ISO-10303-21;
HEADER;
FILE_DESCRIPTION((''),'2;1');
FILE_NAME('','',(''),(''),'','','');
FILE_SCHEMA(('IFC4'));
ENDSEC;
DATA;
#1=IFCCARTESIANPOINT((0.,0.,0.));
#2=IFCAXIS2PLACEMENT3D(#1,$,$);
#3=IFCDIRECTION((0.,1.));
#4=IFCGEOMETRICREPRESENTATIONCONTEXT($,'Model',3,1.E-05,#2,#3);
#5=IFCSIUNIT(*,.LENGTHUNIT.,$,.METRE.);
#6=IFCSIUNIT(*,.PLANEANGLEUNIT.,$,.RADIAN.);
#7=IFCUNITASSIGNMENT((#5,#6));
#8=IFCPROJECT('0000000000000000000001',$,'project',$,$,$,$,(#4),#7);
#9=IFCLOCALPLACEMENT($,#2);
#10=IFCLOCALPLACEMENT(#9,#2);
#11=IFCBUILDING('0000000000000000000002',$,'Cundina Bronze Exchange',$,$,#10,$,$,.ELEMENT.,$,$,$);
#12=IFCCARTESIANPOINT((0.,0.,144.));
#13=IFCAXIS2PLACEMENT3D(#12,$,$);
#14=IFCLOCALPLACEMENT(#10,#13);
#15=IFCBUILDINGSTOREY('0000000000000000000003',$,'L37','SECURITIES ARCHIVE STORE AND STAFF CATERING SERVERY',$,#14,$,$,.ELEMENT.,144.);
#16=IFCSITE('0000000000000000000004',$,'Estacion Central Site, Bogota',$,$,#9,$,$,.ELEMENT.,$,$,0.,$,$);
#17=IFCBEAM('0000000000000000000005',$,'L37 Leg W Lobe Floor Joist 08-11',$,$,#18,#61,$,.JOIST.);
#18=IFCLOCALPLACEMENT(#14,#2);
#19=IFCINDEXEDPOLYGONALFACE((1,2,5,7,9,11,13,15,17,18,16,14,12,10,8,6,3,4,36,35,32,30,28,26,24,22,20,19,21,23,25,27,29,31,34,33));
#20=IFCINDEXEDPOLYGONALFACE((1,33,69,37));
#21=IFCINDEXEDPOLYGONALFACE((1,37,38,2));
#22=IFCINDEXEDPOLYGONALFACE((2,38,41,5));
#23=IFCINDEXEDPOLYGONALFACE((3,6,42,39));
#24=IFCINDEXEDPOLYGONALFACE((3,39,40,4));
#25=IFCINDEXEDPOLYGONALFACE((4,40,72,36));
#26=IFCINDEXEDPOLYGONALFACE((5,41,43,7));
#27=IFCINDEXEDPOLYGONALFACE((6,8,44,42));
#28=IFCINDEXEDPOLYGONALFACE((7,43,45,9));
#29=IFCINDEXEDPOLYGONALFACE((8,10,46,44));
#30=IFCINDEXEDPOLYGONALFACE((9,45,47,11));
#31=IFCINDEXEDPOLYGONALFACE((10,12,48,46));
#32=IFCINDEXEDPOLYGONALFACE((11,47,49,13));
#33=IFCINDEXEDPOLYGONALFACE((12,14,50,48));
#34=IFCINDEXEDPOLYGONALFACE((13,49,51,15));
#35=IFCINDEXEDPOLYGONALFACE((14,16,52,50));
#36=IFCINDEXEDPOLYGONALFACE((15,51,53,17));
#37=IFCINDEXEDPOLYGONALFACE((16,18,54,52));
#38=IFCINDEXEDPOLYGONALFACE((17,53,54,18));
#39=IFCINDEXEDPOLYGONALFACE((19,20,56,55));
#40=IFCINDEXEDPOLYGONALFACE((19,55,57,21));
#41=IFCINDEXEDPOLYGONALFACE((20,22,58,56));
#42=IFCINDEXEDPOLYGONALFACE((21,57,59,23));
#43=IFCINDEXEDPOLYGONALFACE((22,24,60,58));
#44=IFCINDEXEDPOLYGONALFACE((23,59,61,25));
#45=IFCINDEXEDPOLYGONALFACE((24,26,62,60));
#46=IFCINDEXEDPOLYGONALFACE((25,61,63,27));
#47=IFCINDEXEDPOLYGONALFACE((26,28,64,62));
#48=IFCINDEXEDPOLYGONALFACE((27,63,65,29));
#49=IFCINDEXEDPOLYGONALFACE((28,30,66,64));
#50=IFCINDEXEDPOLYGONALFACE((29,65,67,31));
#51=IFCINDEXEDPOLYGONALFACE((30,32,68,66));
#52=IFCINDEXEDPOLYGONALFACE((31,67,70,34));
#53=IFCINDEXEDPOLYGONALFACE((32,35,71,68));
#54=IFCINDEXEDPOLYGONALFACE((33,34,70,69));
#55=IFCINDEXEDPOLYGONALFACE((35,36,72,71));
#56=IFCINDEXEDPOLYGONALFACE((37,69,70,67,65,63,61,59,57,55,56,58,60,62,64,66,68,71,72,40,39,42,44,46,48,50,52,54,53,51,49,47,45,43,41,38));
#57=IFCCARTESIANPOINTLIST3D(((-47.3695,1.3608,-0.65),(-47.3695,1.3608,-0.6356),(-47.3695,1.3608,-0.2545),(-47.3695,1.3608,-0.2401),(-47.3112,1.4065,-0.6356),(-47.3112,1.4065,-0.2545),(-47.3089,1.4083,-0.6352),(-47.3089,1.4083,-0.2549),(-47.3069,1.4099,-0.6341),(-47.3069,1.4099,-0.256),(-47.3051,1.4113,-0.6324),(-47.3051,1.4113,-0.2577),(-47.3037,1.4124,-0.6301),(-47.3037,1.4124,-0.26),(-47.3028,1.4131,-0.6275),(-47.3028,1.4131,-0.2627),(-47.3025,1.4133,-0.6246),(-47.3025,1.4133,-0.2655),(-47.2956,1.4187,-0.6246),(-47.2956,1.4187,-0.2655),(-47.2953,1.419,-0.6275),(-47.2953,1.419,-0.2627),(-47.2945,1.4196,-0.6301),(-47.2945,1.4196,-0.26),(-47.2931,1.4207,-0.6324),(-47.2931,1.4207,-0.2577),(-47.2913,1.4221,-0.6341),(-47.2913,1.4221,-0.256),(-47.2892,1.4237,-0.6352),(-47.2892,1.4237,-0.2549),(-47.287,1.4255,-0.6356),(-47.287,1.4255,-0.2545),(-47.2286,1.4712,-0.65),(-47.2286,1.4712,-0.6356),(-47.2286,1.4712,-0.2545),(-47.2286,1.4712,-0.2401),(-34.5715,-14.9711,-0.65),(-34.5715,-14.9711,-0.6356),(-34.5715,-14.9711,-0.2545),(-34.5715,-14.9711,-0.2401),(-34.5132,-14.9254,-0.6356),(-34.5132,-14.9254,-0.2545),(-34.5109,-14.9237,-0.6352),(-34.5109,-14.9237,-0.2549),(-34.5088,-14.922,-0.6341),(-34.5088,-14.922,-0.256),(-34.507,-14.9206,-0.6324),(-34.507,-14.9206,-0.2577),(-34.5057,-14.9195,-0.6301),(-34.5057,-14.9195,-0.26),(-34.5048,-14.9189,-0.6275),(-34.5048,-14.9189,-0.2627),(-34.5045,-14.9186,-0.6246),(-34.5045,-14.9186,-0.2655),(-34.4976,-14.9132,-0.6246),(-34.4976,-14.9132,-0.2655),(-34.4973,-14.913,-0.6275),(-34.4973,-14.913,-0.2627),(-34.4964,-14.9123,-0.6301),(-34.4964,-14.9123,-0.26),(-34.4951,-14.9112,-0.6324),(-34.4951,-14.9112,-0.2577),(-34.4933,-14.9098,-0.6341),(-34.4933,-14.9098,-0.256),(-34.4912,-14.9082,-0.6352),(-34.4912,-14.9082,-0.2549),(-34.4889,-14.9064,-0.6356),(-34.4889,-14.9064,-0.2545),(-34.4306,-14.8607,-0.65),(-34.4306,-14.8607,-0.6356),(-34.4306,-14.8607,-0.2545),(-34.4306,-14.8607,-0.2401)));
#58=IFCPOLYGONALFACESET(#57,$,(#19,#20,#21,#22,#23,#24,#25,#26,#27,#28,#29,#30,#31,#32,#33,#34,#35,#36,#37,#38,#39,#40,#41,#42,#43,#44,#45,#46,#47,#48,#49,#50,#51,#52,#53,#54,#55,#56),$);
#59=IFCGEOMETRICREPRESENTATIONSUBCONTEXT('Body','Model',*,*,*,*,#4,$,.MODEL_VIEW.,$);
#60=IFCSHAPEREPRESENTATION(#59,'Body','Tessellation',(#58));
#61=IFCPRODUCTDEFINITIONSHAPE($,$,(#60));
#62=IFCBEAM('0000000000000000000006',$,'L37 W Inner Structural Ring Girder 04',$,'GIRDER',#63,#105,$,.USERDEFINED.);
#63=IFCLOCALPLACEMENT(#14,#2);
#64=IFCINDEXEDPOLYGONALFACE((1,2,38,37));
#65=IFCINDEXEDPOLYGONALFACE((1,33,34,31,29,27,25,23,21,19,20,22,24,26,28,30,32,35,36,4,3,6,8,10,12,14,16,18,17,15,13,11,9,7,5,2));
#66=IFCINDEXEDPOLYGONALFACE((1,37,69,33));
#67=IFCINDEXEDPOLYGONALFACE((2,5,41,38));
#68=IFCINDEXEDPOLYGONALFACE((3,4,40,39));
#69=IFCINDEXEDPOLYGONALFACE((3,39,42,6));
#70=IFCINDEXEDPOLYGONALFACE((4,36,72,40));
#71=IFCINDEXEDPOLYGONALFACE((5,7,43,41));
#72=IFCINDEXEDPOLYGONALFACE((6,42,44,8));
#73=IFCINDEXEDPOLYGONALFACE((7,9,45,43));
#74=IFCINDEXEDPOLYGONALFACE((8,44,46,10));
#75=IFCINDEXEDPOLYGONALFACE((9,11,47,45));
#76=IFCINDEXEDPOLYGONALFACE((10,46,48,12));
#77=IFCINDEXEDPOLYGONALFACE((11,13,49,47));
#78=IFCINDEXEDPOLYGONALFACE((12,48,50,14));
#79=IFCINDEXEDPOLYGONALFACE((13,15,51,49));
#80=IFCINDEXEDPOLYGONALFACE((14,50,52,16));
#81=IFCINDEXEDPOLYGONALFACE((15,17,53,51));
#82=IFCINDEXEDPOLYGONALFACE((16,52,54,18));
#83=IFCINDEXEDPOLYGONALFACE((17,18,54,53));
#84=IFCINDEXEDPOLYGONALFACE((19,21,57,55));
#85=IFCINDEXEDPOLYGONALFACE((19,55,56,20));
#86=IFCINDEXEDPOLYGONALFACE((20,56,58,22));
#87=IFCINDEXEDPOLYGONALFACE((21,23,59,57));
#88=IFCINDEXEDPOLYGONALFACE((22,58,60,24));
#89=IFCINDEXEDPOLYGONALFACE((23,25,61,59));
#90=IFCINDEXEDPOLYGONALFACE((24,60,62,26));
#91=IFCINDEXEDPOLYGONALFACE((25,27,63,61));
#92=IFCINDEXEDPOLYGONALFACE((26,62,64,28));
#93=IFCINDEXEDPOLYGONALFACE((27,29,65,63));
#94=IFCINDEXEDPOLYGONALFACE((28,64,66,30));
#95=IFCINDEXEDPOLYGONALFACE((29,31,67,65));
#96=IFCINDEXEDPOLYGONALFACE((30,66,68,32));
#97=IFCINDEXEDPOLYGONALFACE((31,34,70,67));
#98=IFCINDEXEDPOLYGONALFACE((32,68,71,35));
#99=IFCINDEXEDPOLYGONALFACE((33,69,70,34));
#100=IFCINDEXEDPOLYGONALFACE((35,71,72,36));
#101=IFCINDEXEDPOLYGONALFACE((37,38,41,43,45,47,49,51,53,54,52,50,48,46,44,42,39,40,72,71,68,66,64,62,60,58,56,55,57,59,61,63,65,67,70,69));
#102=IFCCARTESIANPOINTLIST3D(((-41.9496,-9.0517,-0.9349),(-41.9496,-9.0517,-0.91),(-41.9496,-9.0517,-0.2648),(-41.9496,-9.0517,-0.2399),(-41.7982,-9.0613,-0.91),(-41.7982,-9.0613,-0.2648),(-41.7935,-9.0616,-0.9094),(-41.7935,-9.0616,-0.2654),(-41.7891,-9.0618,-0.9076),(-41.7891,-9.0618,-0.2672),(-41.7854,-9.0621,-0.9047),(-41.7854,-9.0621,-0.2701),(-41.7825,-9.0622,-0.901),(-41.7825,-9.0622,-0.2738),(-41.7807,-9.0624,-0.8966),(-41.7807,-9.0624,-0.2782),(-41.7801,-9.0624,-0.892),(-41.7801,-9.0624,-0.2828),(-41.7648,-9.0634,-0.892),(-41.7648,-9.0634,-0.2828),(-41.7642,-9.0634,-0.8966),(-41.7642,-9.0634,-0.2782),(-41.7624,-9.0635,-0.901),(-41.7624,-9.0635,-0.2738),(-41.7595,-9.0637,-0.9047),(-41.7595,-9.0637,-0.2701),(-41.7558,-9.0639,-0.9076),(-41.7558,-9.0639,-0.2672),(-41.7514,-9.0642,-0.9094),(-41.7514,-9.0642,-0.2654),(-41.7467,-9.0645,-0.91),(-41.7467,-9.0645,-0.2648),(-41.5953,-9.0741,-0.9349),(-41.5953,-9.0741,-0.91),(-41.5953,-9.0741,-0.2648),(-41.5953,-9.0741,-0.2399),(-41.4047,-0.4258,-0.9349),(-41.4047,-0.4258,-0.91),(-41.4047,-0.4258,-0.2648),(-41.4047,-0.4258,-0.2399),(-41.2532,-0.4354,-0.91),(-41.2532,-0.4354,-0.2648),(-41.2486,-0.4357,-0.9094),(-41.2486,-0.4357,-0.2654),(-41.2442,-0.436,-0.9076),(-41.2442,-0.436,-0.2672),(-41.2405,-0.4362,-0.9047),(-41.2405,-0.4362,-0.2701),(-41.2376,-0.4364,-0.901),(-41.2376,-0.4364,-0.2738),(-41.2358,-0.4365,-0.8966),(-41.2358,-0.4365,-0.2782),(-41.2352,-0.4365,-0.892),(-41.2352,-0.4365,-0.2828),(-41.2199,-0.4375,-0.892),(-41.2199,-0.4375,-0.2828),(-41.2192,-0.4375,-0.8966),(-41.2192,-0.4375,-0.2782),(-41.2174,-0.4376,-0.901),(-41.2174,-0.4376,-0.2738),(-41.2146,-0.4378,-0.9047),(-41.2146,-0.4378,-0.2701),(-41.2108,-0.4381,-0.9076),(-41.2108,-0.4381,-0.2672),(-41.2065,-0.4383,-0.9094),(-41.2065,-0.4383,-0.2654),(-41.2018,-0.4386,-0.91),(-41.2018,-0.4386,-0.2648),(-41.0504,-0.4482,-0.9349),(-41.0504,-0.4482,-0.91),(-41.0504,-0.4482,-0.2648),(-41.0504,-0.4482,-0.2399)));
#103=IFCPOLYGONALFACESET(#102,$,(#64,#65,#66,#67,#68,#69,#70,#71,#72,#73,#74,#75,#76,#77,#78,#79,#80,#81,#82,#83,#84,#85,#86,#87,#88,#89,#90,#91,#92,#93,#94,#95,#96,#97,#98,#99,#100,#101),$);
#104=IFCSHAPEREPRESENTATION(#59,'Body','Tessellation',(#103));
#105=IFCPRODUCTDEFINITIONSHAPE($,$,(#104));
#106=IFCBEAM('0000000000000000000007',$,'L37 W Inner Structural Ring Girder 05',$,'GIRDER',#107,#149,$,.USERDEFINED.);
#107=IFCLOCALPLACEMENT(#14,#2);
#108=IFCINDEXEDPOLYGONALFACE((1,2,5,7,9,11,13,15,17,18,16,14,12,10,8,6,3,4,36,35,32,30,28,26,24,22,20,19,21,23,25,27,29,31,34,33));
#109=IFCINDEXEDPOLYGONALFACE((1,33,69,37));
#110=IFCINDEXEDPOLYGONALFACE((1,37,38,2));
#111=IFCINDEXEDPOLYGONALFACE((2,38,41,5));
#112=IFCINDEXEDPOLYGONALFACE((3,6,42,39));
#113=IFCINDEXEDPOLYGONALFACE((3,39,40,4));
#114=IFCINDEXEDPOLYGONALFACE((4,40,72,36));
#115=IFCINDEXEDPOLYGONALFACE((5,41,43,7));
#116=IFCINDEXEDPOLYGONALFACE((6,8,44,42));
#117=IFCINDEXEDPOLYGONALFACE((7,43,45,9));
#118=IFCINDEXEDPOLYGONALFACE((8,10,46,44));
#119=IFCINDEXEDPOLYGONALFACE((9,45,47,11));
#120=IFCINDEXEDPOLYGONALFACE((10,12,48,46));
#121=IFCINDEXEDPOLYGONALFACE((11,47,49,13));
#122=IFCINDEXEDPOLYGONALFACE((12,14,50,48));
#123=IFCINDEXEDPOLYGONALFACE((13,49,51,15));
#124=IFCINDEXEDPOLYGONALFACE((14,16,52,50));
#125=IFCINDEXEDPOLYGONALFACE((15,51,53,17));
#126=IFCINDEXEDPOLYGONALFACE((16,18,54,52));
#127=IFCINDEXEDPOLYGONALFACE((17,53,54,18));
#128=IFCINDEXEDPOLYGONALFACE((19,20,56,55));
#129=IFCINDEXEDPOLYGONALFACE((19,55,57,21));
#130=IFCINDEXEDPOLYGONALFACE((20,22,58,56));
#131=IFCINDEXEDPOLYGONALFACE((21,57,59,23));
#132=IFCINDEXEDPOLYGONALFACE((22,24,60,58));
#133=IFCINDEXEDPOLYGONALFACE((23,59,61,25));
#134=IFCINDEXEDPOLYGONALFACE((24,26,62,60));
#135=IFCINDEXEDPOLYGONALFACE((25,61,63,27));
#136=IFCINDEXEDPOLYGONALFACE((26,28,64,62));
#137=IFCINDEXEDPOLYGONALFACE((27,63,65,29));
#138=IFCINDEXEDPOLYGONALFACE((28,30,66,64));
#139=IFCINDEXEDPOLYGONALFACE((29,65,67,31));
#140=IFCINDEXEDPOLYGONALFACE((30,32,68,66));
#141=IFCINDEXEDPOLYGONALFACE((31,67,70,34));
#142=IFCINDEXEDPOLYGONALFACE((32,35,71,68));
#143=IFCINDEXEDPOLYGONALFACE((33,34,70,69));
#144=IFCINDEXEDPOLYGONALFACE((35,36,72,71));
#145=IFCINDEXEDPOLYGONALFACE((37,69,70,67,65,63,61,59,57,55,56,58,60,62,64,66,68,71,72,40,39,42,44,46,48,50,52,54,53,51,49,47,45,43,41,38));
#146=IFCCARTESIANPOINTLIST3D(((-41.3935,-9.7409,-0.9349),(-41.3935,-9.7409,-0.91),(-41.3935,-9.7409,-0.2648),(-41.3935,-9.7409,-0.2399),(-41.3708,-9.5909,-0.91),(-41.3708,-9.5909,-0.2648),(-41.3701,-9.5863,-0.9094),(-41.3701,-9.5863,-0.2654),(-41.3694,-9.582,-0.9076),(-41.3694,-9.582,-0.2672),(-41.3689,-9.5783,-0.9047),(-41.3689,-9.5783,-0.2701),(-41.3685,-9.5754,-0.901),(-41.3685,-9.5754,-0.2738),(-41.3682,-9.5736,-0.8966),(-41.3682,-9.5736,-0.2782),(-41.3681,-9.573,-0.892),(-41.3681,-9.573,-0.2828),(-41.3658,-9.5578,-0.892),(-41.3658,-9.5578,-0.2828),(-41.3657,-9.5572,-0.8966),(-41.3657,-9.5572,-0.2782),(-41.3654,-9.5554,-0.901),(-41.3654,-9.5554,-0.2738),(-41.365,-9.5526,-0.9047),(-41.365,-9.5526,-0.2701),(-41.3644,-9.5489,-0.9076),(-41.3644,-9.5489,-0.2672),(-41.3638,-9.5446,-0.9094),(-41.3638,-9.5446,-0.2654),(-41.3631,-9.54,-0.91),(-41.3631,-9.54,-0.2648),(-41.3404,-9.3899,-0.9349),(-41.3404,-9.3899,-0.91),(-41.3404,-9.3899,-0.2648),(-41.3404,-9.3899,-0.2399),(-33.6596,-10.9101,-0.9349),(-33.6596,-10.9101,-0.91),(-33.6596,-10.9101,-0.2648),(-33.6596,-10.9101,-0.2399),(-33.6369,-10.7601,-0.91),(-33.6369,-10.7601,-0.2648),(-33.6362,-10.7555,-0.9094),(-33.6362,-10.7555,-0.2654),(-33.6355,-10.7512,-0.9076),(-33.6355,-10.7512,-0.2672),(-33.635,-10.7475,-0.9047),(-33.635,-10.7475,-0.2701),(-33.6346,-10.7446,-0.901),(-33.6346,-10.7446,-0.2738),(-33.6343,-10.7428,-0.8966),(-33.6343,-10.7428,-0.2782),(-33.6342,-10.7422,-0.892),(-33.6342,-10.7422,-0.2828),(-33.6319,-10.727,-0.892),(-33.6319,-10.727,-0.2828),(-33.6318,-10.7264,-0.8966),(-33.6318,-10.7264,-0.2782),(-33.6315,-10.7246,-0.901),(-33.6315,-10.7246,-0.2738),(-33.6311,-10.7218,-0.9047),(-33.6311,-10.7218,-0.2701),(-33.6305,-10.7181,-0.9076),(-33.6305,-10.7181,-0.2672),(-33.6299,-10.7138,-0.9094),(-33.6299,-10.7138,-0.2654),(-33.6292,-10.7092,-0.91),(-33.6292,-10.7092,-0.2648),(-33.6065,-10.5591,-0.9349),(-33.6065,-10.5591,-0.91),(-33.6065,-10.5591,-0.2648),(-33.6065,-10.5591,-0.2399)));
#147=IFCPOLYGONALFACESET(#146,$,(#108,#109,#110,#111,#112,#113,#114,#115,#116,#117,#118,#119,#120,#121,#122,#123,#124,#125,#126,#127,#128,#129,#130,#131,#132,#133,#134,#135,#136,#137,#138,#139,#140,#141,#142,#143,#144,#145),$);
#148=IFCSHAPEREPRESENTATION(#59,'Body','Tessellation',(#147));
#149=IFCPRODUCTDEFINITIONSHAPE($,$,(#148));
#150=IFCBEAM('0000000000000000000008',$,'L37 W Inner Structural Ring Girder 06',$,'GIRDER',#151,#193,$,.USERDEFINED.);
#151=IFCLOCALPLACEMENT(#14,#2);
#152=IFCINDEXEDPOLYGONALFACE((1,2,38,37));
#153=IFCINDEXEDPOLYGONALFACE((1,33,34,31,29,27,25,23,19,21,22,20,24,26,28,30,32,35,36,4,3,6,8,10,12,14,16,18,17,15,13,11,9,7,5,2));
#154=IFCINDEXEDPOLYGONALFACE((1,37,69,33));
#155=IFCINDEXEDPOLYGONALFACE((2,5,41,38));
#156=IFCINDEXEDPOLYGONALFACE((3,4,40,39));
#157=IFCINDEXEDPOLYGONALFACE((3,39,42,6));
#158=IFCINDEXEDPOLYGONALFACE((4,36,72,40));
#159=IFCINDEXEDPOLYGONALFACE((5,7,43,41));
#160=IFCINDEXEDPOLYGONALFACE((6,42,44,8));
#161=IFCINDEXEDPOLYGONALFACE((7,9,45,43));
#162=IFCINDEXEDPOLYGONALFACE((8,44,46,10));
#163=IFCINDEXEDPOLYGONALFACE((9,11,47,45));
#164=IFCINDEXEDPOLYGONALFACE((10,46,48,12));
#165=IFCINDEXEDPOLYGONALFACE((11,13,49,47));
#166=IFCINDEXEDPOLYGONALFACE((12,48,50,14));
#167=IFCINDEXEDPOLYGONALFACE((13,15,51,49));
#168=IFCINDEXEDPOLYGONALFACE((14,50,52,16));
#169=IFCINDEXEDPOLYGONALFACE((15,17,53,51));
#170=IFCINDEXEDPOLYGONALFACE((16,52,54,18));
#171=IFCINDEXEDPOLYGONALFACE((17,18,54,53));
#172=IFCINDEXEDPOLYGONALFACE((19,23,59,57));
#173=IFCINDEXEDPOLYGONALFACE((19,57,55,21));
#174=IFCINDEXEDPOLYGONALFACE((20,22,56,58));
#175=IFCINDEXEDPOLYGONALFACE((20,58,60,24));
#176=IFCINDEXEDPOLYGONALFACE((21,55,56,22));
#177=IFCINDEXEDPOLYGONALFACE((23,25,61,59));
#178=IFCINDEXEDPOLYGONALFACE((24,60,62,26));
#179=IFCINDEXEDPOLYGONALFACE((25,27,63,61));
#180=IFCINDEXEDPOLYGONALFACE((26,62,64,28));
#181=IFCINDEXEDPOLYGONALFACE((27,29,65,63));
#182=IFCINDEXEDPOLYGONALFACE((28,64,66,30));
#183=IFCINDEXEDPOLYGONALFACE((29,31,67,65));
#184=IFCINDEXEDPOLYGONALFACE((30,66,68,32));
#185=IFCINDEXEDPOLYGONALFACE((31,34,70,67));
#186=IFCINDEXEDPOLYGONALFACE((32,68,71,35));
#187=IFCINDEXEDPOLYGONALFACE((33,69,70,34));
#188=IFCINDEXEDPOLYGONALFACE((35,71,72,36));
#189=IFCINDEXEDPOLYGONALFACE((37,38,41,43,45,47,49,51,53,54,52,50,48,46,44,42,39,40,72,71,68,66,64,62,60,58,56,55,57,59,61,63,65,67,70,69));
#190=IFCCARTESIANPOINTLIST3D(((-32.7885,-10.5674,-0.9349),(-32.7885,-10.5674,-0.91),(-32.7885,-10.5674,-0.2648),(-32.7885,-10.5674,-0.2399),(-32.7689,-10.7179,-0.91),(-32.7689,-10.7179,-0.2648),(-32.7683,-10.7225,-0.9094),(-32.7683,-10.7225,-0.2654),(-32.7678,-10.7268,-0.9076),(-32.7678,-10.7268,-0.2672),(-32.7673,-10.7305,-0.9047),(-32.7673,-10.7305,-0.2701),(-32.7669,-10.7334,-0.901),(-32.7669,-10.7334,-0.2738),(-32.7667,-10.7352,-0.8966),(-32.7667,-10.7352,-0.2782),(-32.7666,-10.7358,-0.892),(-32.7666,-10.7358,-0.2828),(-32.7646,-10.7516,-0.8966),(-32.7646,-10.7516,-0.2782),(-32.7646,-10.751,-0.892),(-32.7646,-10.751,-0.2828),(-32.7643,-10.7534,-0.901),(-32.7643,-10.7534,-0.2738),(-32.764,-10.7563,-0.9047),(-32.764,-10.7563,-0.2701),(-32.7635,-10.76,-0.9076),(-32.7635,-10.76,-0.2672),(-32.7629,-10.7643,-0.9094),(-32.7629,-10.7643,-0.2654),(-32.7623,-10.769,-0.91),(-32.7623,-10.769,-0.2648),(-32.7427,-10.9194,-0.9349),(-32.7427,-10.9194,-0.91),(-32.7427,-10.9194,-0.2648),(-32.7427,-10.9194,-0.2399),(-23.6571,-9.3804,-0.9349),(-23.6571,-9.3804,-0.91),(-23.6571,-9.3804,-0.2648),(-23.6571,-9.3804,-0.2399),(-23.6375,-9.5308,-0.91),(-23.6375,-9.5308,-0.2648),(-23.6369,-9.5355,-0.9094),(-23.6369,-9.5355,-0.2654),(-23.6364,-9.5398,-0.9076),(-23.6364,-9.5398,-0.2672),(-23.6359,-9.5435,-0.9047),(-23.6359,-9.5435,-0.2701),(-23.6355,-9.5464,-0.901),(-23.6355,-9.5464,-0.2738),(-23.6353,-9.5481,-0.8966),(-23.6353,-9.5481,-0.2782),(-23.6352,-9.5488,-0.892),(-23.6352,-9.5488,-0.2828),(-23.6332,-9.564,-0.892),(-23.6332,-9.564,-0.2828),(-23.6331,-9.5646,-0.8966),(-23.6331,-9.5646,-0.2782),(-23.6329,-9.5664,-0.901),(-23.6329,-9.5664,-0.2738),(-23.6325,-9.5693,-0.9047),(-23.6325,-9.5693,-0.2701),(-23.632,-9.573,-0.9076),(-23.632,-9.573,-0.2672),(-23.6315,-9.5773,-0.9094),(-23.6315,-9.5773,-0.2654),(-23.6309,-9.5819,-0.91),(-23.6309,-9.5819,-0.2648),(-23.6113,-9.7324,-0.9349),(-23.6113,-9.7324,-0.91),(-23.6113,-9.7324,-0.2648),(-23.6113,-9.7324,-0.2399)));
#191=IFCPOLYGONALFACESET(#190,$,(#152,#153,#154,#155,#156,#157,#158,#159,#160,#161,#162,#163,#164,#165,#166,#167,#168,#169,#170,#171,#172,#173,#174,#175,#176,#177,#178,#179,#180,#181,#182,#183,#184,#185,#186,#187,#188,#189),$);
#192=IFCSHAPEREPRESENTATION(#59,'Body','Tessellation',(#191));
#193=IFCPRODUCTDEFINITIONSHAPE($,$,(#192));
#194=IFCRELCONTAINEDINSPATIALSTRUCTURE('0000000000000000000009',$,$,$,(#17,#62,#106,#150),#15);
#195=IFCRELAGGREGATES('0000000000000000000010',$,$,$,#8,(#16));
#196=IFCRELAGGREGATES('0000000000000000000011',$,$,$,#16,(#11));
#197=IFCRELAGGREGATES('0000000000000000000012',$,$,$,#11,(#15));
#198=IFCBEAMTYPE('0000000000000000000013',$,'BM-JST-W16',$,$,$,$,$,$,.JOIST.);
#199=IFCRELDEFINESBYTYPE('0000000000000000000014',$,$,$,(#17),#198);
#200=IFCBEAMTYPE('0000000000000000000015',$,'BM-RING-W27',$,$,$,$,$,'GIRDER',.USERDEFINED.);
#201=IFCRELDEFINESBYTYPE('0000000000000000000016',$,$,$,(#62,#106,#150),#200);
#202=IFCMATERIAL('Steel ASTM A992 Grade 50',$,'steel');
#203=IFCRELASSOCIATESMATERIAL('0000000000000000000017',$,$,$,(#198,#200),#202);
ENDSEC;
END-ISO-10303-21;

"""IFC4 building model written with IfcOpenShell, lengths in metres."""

from ifc_helpers import new_model, si_unit, direction, frame, origin, origin_2d, place, context, subcontext, project, spatial, i_section, extrude, material, material_profile, profile_set, type_object, element, save


model = new_model("IFC4")

# Units and contexts
model_context = context("Model", 3, precision=1e-05, world=origin(), true_north=direction((0.0, 1.0)))
body_context = subcontext(model_context, "Body", "Model", "MODEL_VIEW")
ifc_project = project(units=[si_unit("LENGTHUNIT", "METRE"), si_unit("PLANEANGLEUNIT", "RADIAN")], contexts=[model_context])

# Site, building, storey
site_placement = place(None, origin())
site = spatial("IfcSite", under=ifc_project, at=site_placement, Name="Estacion Central Site, Bogota", CompositionType="ELEMENT", RefElevation=0.0)
building_placement = place(site_placement, origin())
building = spatial("IfcBuilding", under=site, at=building_placement, Name="Cundina Bronze Exchange", CompositionType="ELEMENT")
storey_placement = place(building_placement, frame((0.0, 0.0, 144.0)))
storey = spatial("IfcBuildingStorey", under=building, at=storey_placement, Name="L37", Description="SECURITIES ARCHIVE STORE AND STAFF CATERING SERVERY", CompositionType="ELEMENT", Elevation=144.0)

# Beams
ifc_material_1 = material(Name="Steel ASTM A992 Grade 50", Category="steel")
ifc_material_profile_1 = material_profile(ifc_material_1, i_section(OverallWidth=0.179, OverallDepth=0.4099, WebThickness=0.0088, FlangeThickness=0.0144, FilletRadius=0.011, at=origin_2d()), Name="W16X45", Category="steel")
ifc_profile_set_1 = profile_set([ifc_material_profile_1], Name="Steel ASTM A992 Grade 50")
beam_type_1 = type_object("IfcBeamType", Name="BM-JST-W16", PredefinedType="JOIST", material=ifc_profile_set_1)
beam_1_placement = place(storey_placement, frame((-47.2991, 1.416, -0.4451), z_axis=(0.616801, -0.787119, 0.0), x_axis=(0.787119, 0.616801, 0.0)))
element("IfcBeam", 1, at=beam_1_placement, inside=storey, type_object=beam_type_1, Name="L37 Leg W Lobe Floor Joist 08-11", PredefinedType="JOIST", context=body_context, shape_type="SweptSolid", body=[
    extrude(i_section(OverallWidth=0.179, OverallDepth=0.4099, WebThickness=0.0088, FlangeThickness=0.0144, FilletRadius=0.011, at=origin_2d()), origin(), (0.0, 0.0, 1.0), 20.749),
])
ifc_material_profile_2 = material_profile(ifc_material_1, i_section(OverallWidth=0.355, OverallDepth=0.6951, WebThickness=0.0154, FlangeThickness=0.0249, FilletRadius=0.0181, at=origin_2d()), Name="W27X146", Category="steel")
ifc_profile_set_2 = profile_set([ifc_material_profile_2], Name="Steel ASTM A992 Grade 50")
beam_type_2 = type_object("IfcBeamType", Name="BM-RING-W27", ElementType="GIRDER", PredefinedType="USERDEFINED", material=ifc_profile_set_2)
beam_2_placement = place(storey_placement, frame((-41.2275, -0.437, -0.5874), z_axis=(-0.063047, -0.998011, 0.0), x_axis=(0.998011, -0.063047, 0.0)))
element("IfcBeam", 2, at=beam_2_placement, inside=storey, type_object=beam_type_2, Name="L37 W Inner Structural Ring Girder 04", ObjectType="GIRDER", PredefinedType="USERDEFINED", context=body_context, shape_type="SweptSolid", body=[
    extrude(i_section(OverallWidth=0.355, OverallDepth=0.6951, WebThickness=0.0154, FlangeThickness=0.0249, FilletRadius=0.0181, at=origin_2d()), origin(), (0.0, 0.0, 1.0), 8.6431),
])
beam_3_placement = place(storey_placement, frame((-41.3669, -9.5654, -0.5874), z_axis=(0.988765, -0.149479, 0.0), x_axis=(0.149479, 0.988765, 0.0)))
element("IfcBeam", 3, at=beam_3_placement, inside=storey, type_object=beam_type_2, Name="L37 W Inner Structural Ring Girder 05", ObjectType="GIRDER", PredefinedType="USERDEFINED", context=body_context, shape_type="SweptSolid", body=[
    extrude(i_section(OverallWidth=0.355, OverallDepth=0.6951, WebThickness=0.0154, FlangeThickness=0.0249, FilletRadius=0.0181, at=origin_2d()), origin(), (0.0, 0.0, 1.0), 7.8218),
])
beam_4_placement = place(storey_placement, frame((-32.7656, -10.7434, -0.5874), z_axis=(0.991656, 0.128908, 0.0), x_axis=(-0.128908, 0.991656, 0.0)))
element("IfcBeam", 4, at=beam_4_placement, inside=storey, type_object=beam_type_2, Name="L37 W Inner Structural Ring Girder 06", ObjectType="GIRDER", PredefinedType="USERDEFINED", context=body_context, shape_type="SweptSolid", body=[
    extrude(i_section(OverallWidth=0.355, OverallDepth=0.6951, WebThickness=0.0154, FlangeThickness=0.0249, FilletRadius=0.0181, at=origin_2d()), origin(), (0.0, 0.0, 1.0), 9.2083),
])

save(model, "model.ifc")
